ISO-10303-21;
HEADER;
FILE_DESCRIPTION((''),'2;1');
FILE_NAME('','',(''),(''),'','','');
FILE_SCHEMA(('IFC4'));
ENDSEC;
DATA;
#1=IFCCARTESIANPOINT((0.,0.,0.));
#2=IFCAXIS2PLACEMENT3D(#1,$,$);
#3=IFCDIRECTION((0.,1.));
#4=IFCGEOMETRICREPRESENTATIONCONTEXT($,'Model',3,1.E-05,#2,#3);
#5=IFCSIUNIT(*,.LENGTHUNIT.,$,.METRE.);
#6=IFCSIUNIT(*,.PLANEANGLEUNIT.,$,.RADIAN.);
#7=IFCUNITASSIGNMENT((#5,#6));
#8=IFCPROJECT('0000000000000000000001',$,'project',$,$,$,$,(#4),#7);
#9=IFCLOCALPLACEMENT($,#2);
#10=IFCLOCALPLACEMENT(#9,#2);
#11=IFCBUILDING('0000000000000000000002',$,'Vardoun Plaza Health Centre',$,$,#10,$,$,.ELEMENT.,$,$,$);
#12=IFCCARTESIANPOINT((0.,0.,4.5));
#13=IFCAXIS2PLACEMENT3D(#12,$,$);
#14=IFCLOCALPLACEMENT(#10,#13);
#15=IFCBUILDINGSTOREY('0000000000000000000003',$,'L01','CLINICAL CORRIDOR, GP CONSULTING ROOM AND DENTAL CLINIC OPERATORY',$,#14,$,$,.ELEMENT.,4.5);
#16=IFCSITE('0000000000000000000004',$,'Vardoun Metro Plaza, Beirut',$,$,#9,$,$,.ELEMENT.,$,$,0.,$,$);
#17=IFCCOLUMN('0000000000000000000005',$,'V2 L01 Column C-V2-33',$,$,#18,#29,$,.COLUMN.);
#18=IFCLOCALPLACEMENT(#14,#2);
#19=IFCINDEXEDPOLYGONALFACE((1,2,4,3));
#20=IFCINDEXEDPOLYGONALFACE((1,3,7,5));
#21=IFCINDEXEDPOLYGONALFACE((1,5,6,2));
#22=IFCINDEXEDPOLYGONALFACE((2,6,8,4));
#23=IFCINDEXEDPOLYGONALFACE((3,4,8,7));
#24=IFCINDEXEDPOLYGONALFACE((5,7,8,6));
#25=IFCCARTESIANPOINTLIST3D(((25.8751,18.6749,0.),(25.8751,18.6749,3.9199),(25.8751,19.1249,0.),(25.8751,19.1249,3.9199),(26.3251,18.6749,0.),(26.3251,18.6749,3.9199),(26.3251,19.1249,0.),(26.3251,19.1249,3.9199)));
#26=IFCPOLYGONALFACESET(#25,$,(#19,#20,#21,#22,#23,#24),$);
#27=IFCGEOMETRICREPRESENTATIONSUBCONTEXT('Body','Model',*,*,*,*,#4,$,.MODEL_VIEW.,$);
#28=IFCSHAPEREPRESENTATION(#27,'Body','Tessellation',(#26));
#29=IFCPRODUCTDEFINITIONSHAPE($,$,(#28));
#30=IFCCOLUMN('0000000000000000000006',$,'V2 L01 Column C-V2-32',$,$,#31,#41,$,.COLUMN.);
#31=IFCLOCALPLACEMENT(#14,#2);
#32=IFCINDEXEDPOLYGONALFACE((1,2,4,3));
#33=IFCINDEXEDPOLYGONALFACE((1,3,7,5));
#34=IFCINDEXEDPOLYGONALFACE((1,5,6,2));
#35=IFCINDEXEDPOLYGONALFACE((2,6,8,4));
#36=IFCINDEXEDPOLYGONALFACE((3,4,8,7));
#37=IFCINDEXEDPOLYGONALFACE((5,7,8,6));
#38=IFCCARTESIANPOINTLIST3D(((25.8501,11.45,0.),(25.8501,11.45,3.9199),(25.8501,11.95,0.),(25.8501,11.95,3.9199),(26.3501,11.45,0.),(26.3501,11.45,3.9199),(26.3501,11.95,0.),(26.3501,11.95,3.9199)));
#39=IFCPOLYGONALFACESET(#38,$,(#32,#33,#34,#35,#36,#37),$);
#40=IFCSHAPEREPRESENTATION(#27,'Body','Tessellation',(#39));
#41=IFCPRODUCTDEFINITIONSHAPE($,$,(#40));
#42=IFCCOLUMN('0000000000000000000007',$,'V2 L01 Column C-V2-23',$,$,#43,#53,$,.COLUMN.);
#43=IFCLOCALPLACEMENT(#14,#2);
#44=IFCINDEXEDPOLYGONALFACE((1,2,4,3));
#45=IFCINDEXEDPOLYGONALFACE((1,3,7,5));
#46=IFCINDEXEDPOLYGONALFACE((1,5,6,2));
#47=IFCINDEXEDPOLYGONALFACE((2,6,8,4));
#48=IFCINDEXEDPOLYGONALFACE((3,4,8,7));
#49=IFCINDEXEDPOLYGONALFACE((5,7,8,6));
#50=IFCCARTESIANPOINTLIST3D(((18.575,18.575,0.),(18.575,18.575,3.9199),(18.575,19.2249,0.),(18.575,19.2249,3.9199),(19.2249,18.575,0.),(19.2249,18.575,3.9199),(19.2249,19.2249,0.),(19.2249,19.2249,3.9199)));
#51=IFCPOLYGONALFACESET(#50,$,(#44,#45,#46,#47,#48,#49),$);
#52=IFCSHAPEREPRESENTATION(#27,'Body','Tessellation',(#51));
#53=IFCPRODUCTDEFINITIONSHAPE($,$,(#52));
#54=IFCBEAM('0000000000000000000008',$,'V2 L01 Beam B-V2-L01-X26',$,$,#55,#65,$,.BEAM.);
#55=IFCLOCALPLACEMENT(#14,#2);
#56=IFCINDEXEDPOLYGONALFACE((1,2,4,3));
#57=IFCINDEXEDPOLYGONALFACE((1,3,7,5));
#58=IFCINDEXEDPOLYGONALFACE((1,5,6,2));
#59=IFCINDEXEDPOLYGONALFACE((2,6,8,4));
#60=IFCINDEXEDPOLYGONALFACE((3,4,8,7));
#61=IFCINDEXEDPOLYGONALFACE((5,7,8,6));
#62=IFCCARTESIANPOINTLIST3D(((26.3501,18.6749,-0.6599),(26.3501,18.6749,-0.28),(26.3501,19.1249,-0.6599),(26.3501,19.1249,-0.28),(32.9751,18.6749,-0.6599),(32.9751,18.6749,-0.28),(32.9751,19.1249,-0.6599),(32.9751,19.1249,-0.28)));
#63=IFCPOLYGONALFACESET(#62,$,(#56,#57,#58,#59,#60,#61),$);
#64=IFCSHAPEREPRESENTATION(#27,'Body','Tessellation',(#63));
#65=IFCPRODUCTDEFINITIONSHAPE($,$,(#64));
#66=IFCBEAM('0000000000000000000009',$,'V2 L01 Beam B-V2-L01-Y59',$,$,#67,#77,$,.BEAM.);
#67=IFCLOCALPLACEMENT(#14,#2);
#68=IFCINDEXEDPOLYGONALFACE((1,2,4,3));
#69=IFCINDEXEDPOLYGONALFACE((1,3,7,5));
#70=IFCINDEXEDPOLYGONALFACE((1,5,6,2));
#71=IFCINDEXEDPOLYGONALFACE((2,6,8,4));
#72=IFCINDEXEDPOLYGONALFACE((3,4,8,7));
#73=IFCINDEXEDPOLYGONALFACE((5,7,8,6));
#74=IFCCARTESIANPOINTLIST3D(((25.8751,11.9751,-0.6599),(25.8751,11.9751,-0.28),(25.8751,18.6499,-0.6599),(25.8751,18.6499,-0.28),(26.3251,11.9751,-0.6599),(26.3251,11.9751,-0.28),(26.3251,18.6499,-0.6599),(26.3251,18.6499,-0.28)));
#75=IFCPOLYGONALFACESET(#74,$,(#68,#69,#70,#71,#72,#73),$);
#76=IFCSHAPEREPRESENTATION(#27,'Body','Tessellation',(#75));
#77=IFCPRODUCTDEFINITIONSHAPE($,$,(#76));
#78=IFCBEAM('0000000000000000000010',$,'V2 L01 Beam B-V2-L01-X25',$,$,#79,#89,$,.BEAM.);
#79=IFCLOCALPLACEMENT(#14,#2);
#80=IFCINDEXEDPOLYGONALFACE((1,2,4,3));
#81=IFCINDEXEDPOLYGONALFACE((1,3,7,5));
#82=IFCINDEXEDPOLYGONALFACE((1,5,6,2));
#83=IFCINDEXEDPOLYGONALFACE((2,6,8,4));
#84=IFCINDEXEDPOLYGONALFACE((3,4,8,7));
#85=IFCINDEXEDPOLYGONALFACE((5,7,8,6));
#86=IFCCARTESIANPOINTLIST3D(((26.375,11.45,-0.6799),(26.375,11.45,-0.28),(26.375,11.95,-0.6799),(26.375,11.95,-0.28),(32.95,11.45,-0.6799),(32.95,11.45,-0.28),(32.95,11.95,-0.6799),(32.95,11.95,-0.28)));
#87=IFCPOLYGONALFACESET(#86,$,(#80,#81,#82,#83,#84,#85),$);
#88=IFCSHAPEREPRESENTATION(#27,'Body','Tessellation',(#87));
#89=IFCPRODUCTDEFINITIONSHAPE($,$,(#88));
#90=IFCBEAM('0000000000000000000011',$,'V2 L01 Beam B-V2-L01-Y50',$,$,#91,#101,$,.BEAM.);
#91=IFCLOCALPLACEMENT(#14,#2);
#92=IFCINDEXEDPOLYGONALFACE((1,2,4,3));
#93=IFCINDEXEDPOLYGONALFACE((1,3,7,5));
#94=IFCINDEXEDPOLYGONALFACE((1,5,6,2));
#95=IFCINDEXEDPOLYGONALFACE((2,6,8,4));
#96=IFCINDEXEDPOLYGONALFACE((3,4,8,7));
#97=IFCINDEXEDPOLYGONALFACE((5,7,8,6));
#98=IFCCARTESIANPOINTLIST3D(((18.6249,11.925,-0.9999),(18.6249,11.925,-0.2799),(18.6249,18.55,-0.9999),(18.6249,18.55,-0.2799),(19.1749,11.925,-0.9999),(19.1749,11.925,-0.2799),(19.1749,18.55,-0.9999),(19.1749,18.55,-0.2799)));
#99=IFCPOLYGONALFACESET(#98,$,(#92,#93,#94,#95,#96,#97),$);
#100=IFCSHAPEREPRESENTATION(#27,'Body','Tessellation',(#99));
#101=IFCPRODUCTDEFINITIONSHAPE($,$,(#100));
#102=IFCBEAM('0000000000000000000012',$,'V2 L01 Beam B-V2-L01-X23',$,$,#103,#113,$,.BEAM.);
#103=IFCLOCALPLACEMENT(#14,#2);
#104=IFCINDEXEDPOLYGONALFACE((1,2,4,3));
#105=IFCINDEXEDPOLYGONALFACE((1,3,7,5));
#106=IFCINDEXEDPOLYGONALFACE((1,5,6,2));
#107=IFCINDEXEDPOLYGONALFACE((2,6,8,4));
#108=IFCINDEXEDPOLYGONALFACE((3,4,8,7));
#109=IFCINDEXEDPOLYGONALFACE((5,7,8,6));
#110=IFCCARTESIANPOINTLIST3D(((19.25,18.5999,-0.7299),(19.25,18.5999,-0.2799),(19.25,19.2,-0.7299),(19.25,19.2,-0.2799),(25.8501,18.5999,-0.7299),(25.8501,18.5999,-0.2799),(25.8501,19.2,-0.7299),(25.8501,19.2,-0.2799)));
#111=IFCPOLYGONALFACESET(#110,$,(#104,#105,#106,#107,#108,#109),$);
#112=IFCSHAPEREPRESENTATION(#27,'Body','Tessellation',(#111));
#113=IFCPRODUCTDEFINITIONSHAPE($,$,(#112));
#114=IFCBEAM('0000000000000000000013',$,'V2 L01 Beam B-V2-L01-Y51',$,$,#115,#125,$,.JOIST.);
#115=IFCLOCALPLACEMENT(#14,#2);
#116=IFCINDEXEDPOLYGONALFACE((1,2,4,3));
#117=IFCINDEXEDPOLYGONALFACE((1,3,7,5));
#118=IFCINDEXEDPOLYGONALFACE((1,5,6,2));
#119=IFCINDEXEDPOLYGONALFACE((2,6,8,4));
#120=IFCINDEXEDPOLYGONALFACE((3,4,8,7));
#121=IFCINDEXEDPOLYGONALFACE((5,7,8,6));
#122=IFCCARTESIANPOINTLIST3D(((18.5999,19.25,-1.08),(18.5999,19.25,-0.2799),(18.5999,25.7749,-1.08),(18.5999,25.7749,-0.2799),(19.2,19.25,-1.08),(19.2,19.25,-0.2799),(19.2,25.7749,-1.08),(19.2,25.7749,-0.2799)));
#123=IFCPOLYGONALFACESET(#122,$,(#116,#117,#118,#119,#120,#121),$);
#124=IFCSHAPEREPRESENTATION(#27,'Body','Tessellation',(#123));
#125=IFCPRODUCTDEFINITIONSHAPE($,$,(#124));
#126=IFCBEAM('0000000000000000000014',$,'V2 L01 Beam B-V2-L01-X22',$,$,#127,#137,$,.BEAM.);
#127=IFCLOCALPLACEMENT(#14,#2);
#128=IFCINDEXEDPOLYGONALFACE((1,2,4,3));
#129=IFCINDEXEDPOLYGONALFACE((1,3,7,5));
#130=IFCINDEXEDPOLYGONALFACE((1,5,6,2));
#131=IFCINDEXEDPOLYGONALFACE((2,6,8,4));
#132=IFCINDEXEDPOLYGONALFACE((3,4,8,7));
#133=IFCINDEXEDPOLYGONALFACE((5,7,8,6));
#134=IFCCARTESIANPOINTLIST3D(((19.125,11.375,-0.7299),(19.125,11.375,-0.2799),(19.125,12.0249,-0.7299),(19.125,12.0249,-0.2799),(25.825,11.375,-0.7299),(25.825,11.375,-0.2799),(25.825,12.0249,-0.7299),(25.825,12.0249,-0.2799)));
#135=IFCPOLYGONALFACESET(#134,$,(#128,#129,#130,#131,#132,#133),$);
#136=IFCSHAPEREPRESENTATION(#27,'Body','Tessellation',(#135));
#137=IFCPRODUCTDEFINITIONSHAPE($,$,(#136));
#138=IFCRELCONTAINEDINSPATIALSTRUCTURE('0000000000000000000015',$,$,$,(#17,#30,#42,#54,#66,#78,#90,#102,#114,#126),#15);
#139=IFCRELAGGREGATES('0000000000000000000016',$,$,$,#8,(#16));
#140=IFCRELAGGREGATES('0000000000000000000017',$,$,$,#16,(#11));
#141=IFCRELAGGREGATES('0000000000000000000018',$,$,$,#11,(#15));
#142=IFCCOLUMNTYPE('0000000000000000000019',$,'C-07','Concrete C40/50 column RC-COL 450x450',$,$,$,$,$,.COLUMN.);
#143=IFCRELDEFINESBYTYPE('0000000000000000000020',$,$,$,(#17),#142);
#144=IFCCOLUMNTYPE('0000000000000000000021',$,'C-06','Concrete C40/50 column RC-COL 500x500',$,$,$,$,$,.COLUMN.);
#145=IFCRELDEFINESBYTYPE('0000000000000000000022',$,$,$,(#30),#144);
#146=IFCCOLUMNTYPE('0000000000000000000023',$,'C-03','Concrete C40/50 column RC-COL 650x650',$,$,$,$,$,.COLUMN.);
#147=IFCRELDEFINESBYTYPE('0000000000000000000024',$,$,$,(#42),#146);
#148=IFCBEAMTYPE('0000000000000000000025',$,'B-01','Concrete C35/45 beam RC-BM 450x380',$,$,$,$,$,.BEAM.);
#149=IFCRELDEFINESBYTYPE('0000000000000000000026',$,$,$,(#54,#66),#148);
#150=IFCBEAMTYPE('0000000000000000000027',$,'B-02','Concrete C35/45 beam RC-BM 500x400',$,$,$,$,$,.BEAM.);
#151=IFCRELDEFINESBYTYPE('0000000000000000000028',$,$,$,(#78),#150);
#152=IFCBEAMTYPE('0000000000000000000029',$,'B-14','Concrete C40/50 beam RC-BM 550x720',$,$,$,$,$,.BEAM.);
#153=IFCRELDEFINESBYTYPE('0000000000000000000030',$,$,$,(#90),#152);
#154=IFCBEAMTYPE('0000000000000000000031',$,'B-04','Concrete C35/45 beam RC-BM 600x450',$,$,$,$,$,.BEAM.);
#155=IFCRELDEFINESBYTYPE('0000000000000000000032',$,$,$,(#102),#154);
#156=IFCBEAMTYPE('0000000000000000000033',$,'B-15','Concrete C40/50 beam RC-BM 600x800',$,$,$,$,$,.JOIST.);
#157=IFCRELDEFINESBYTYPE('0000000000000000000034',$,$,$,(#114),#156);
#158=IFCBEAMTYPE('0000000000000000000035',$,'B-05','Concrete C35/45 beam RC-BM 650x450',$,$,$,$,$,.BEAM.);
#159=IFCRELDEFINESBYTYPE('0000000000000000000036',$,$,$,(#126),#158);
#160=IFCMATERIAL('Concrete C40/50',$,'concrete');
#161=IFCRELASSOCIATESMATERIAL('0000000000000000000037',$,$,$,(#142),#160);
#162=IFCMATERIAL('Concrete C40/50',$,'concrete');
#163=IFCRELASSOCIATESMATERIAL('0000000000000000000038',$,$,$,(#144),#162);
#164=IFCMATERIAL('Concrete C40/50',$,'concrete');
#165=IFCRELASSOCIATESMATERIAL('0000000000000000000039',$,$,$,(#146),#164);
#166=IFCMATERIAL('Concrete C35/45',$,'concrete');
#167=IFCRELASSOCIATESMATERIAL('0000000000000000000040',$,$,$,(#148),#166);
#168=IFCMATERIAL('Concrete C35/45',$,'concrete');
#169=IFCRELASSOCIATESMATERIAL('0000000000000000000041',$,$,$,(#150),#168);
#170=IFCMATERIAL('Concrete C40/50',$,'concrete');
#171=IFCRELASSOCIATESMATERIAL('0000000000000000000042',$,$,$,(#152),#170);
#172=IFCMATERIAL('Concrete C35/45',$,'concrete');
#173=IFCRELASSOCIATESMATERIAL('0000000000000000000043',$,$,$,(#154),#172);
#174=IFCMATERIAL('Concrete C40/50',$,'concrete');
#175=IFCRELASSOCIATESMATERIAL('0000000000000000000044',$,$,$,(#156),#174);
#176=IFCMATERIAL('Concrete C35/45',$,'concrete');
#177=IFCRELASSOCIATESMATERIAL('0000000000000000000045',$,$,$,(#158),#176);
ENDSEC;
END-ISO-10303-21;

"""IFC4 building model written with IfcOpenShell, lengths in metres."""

from ifc_helpers import new_model, si_unit, direction, frame, origin, origin_2d, place, context, subcontext, project, spatial, rectangle, extrude, material, material_profile, profile_set, type_object, element, save


model = new_model("IFC4")

# Units and contexts
model_context = context("Model", 3, precision=1e-05, world=origin(), true_north=direction((0.0, 1.0)))
body_context = subcontext(model_context, "Body", "Model", "MODEL_VIEW")
ifc_project = project(units=[si_unit("LENGTHUNIT", "METRE"), si_unit("PLANEANGLEUNIT", "RADIAN")], contexts=[model_context])

# Site, building, storey
site_placement = place(None, origin())
site = spatial("IfcSite", under=ifc_project, at=site_placement, Name="Vardoun Metro Plaza, Beirut", CompositionType="ELEMENT", RefElevation=0.0)
building_placement = place(site_placement, origin())
building = spatial("IfcBuilding", under=site, at=building_placement, Name="Vardoun Plaza Health Centre", CompositionType="ELEMENT")
storey_placement = place(building_placement, frame((0.0, 0.0, 4.5)))
storey = spatial("IfcBuildingStorey", under=building, at=storey_placement, Name="L01", Description="CLINICAL CORRIDOR, GP CONSULTING ROOM AND DENTAL CLINIC OPERATORY", CompositionType="ELEMENT", Elevation=4.5)

# Columns
ifc_material_1 = material(Name="Concrete C40/50", Category="concrete")
ifc_material_profile_1 = material_profile(ifc_material_1, rectangle(XDim=0.45, YDim=0.45, at=origin_2d()), Name="RC-COL 450x450")
ifc_profile_set_1 = profile_set([ifc_material_profile_1], Name="Concrete C40/50")
column_type_1 = type_object("IfcColumnType", Name="C-07", Description="Concrete C40/50 column RC-COL 450x450", PredefinedType="COLUMN", material=ifc_profile_set_1)
column_1_placement = place(storey_placement, frame((26.1001, 18.8999, 0.0), z_axis=(0.0, 0.0, 1.0), x_axis=(1.0, 0.0, 0.0)))
element("IfcColumn", 1, at=column_1_placement, inside=storey, type_object=column_type_1, Name="V2 L01 Column C-V2-33", PredefinedType="COLUMN", context=body_context, shape_type="SweptSolid", body=[
    extrude(rectangle(XDim=0.45, YDim=0.45, at=origin_2d()), origin(), (0.0, 0.0, 1.0), 3.9199),
])
ifc_material_2 = material(Name="Concrete C40/50", Category="concrete")
ifc_material_profile_2 = material_profile(ifc_material_2, rectangle(XDim=0.5, YDim=0.5, at=origin_2d()), Name="RC-COL 500x500")
ifc_profile_set_2 = profile_set([ifc_material_profile_2], Name="Concrete C40/50")
column_type_2 = type_object("IfcColumnType", Name="C-06", Description="Concrete C40/50 column RC-COL 500x500", PredefinedType="COLUMN", material=ifc_profile_set_2)
column_2_placement = place(storey_placement, frame((26.1001, 11.7, 0.0), z_axis=(0.0, 0.0, 1.0), x_axis=(1.0, 0.0, 0.0)))
element("IfcColumn", 2, at=column_2_placement, inside=storey, type_object=column_type_2, Name="V2 L01 Column C-V2-32", PredefinedType="COLUMN", context=body_context, shape_type="SweptSolid", body=[
    extrude(rectangle(XDim=0.5, YDim=0.5, at=origin_2d()), origin(), (0.0, 0.0, 1.0), 3.9199),
])
ifc_material_3 = material(Name="Concrete C40/50", Category="concrete")
ifc_material_profile_3 = material_profile(ifc_material_3, rectangle(XDim=0.6499, YDim=0.6499, at=origin_2d()), Name="RC-COL 650x650")
ifc_profile_set_3 = profile_set([ifc_material_profile_3], Name="Concrete C40/50")
column_type_3 = type_object("IfcColumnType", Name="C-03", Description="Concrete C40/50 column RC-COL 650x650", PredefinedType="COLUMN", material=ifc_profile_set_3)
column_3_placement = place(storey_placement, frame((18.8999, 18.8999, 0.0), z_axis=(0.0, 0.0, 1.0), x_axis=(1.0, 0.0, 0.0)))
element("IfcColumn", 3, at=column_3_placement, inside=storey, type_object=column_type_3, Name="V2 L01 Column C-V2-23", PredefinedType="COLUMN", context=body_context, shape_type="SweptSolid", body=[
    extrude(rectangle(XDim=0.6499, YDim=0.6499, at=origin_2d()), origin(), (0.0, 0.0, 1.0), 3.9199),
])

# Beams
ifc_material_4 = material(Name="Concrete C35/45", Category="concrete")
ifc_material_profile_4 = material_profile(ifc_material_4, rectangle(XDim=0.45, YDim=0.3799, at=origin_2d()), Name="RC-BM 450x380")
ifc_profile_set_4 = profile_set([ifc_material_profile_4], Name="Concrete C35/45")
beam_type_1 = type_object("IfcBeamType", Name="B-01", Description="Concrete C35/45 beam RC-BM 450x380", PredefinedType="BEAM", material=ifc_profile_set_4)
beam_1_placement = place(storey_placement, frame((26.3501, 18.8999, -0.47), z_axis=(1.0, 0.0, 0.0), x_axis=(0.0, 1.0, 0.0)))
element("IfcBeam", 4, at=beam_1_placement, inside=storey, type_object=beam_type_1, Name="V2 L01 Beam B-V2-L01-X26", PredefinedType="BEAM", context=body_context, shape_type="SweptSolid", body=[
    extrude(rectangle(XDim=0.45, YDim=0.3799, at=origin_2d()), origin(), (0.0, 0.0, 1.0), 6.625),
])
beam_2_placement = place(storey_placement, frame((26.1001, 11.9751, -0.47), z_axis=(0.0, 1.0, 0.0), x_axis=(-1.0, 0.0, 0.0)))
element("IfcBeam", 5, at=beam_2_placement, inside=storey, type_object=beam_type_1, Name="V2 L01 Beam B-V2-L01-Y59", PredefinedType="BEAM", context=body_context, shape_type="SweptSolid", body=[
    extrude(rectangle(XDim=0.45, YDim=0.3799, at=origin_2d()), origin(), (0.0, 0.0, 1.0), 6.6748),
])
ifc_material_5 = material(Name="Concrete C35/45", Category="concrete")
ifc_material_profile_5 = material_profile(ifc_material_5, rectangle(XDim=0.5, YDim=0.3999, at=origin_2d()), Name="RC-BM 500x400")
ifc_profile_set_5 = profile_set([ifc_material_profile_5], Name="Concrete C35/45")
beam_type_2 = type_object("IfcBeamType", Name="B-02", Description="Concrete C35/45 beam RC-BM 500x400", PredefinedType="BEAM", material=ifc_profile_set_5)
beam_3_placement = place(storey_placement, frame((26.375, 11.7, -0.48), z_axis=(1.0, 0.0, 0.0), x_axis=(0.0, 1.0, 0.0)))
element("IfcBeam", 6, at=beam_3_placement, inside=storey, type_object=beam_type_2, Name="V2 L01 Beam B-V2-L01-X25", PredefinedType="BEAM", context=body_context, shape_type="SweptSolid", body=[
    extrude(rectangle(XDim=0.5, YDim=0.3999, at=origin_2d()), origin(), (0.0, 0.0, 1.0), 6.575),
])
ifc_material_6 = material(Name="Concrete C40/50", Category="concrete")
ifc_material_profile_6 = material_profile(ifc_material_6, rectangle(XDim=0.55, YDim=0.72, at=origin_2d()), Name="RC-BM 550x720")
ifc_profile_set_6 = profile_set([ifc_material_profile_6], Name="Concrete C40/50")
beam_type_3 = type_object("IfcBeamType", Name="B-14", Description="Concrete C40/50 beam RC-BM 550x720", PredefinedType="BEAM", material=ifc_profile_set_6)
beam_4_placement = place(storey_placement, frame((18.8999, 11.925, -0.6399), z_axis=(0.0, 1.0, 0.0), x_axis=(-1.0, 0.0, 0.0)))
element("IfcBeam", 7, at=beam_4_placement, inside=storey, type_object=beam_type_3, Name="V2 L01 Beam B-V2-L01-Y50", PredefinedType="BEAM", context=body_context, shape_type="SweptSolid", body=[
    extrude(rectangle(XDim=0.55, YDim=0.72, at=origin_2d()), origin(), (0.0, 0.0, 1.0), 6.625),
])
ifc_material_7 = material(Name="Concrete C35/45", Category="concrete")
ifc_material_profile_7 = material_profile(ifc_material_7, rectangle(XDim=0.6001, YDim=0.45, at=origin_2d()), Name="RC-BM 600x450")
ifc_profile_set_7 = profile_set([ifc_material_profile_7], Name="Concrete C35/45")
beam_type_4 = type_object("IfcBeamType", Name="B-04", Description="Concrete C35/45 beam RC-BM 600x450", PredefinedType="BEAM", material=ifc_profile_set_7)
beam_5_placement = place(storey_placement, frame((19.25, 18.8999, -0.5049), z_axis=(1.0, 0.0, 0.0), x_axis=(0.0, 1.0, 0.0)))
element("IfcBeam", 8, at=beam_5_placement, inside=storey, type_object=beam_type_4, Name="V2 L01 Beam B-V2-L01-X23", PredefinedType="BEAM", context=body_context, shape_type="SweptSolid", body=[
    extrude(rectangle(XDim=0.6001, YDim=0.45, at=origin_2d()), origin(), (0.0, 0.0, 1.0), 6.6001),
])
ifc_material_8 = material(Name="Concrete C40/50", Category="concrete")
ifc_material_profile_8 = material_profile(ifc_material_8, rectangle(XDim=0.6001, YDim=0.8, at=origin_2d()), Name="RC-BM 600x800")
ifc_profile_set_8 = profile_set([ifc_material_profile_8], Name="Concrete C40/50")
beam_type_5 = type_object("IfcBeamType", Name="B-15", Description="Concrete C40/50 beam RC-BM 600x800", PredefinedType="JOIST", material=ifc_profile_set_8)
beam_6_placement = place(storey_placement, frame((18.8999, 19.25, -0.6799), z_axis=(0.0, 1.0, 0.0), x_axis=(-1.0, 0.0, 0.0)))
element("IfcBeam", 9, at=beam_6_placement, inside=storey, type_object=beam_type_5, Name="V2 L01 Beam B-V2-L01-Y51", PredefinedType="JOIST", context=body_context, shape_type="SweptSolid", body=[
    extrude(rectangle(XDim=0.6001, YDim=0.8, at=origin_2d()), origin(), (0.0, 0.0, 1.0), 6.5249),
])
ifc_material_9 = material(Name="Concrete C35/45", Category="concrete")
ifc_material_profile_9 = material_profile(ifc_material_9, rectangle(XDim=0.6499, YDim=0.45, at=origin_2d()), Name="RC-BM 650x450")
ifc_profile_set_9 = profile_set([ifc_material_profile_9], Name="Concrete C35/45")
beam_type_6 = type_object("IfcBeamType", Name="B-05", Description="Concrete C35/45 beam RC-BM 650x450", PredefinedType="BEAM", material=ifc_profile_set_9)
beam_7_placement = place(storey_placement, frame((19.125, 11.7, -0.5049), z_axis=(1.0, 0.0, 0.0), x_axis=(0.0, 1.0, 0.0)))
element("IfcBeam", 10, at=beam_7_placement, inside=storey, type_object=beam_type_6, Name="V2 L01 Beam B-V2-L01-X22", PredefinedType="BEAM", context=body_context, shape_type="SweptSolid", body=[
    extrude(rectangle(XDim=0.6499, YDim=0.45, at=origin_2d()), origin(), (0.0, 0.0, 1.0), 6.7),
])

save(model, "model.ifc")
